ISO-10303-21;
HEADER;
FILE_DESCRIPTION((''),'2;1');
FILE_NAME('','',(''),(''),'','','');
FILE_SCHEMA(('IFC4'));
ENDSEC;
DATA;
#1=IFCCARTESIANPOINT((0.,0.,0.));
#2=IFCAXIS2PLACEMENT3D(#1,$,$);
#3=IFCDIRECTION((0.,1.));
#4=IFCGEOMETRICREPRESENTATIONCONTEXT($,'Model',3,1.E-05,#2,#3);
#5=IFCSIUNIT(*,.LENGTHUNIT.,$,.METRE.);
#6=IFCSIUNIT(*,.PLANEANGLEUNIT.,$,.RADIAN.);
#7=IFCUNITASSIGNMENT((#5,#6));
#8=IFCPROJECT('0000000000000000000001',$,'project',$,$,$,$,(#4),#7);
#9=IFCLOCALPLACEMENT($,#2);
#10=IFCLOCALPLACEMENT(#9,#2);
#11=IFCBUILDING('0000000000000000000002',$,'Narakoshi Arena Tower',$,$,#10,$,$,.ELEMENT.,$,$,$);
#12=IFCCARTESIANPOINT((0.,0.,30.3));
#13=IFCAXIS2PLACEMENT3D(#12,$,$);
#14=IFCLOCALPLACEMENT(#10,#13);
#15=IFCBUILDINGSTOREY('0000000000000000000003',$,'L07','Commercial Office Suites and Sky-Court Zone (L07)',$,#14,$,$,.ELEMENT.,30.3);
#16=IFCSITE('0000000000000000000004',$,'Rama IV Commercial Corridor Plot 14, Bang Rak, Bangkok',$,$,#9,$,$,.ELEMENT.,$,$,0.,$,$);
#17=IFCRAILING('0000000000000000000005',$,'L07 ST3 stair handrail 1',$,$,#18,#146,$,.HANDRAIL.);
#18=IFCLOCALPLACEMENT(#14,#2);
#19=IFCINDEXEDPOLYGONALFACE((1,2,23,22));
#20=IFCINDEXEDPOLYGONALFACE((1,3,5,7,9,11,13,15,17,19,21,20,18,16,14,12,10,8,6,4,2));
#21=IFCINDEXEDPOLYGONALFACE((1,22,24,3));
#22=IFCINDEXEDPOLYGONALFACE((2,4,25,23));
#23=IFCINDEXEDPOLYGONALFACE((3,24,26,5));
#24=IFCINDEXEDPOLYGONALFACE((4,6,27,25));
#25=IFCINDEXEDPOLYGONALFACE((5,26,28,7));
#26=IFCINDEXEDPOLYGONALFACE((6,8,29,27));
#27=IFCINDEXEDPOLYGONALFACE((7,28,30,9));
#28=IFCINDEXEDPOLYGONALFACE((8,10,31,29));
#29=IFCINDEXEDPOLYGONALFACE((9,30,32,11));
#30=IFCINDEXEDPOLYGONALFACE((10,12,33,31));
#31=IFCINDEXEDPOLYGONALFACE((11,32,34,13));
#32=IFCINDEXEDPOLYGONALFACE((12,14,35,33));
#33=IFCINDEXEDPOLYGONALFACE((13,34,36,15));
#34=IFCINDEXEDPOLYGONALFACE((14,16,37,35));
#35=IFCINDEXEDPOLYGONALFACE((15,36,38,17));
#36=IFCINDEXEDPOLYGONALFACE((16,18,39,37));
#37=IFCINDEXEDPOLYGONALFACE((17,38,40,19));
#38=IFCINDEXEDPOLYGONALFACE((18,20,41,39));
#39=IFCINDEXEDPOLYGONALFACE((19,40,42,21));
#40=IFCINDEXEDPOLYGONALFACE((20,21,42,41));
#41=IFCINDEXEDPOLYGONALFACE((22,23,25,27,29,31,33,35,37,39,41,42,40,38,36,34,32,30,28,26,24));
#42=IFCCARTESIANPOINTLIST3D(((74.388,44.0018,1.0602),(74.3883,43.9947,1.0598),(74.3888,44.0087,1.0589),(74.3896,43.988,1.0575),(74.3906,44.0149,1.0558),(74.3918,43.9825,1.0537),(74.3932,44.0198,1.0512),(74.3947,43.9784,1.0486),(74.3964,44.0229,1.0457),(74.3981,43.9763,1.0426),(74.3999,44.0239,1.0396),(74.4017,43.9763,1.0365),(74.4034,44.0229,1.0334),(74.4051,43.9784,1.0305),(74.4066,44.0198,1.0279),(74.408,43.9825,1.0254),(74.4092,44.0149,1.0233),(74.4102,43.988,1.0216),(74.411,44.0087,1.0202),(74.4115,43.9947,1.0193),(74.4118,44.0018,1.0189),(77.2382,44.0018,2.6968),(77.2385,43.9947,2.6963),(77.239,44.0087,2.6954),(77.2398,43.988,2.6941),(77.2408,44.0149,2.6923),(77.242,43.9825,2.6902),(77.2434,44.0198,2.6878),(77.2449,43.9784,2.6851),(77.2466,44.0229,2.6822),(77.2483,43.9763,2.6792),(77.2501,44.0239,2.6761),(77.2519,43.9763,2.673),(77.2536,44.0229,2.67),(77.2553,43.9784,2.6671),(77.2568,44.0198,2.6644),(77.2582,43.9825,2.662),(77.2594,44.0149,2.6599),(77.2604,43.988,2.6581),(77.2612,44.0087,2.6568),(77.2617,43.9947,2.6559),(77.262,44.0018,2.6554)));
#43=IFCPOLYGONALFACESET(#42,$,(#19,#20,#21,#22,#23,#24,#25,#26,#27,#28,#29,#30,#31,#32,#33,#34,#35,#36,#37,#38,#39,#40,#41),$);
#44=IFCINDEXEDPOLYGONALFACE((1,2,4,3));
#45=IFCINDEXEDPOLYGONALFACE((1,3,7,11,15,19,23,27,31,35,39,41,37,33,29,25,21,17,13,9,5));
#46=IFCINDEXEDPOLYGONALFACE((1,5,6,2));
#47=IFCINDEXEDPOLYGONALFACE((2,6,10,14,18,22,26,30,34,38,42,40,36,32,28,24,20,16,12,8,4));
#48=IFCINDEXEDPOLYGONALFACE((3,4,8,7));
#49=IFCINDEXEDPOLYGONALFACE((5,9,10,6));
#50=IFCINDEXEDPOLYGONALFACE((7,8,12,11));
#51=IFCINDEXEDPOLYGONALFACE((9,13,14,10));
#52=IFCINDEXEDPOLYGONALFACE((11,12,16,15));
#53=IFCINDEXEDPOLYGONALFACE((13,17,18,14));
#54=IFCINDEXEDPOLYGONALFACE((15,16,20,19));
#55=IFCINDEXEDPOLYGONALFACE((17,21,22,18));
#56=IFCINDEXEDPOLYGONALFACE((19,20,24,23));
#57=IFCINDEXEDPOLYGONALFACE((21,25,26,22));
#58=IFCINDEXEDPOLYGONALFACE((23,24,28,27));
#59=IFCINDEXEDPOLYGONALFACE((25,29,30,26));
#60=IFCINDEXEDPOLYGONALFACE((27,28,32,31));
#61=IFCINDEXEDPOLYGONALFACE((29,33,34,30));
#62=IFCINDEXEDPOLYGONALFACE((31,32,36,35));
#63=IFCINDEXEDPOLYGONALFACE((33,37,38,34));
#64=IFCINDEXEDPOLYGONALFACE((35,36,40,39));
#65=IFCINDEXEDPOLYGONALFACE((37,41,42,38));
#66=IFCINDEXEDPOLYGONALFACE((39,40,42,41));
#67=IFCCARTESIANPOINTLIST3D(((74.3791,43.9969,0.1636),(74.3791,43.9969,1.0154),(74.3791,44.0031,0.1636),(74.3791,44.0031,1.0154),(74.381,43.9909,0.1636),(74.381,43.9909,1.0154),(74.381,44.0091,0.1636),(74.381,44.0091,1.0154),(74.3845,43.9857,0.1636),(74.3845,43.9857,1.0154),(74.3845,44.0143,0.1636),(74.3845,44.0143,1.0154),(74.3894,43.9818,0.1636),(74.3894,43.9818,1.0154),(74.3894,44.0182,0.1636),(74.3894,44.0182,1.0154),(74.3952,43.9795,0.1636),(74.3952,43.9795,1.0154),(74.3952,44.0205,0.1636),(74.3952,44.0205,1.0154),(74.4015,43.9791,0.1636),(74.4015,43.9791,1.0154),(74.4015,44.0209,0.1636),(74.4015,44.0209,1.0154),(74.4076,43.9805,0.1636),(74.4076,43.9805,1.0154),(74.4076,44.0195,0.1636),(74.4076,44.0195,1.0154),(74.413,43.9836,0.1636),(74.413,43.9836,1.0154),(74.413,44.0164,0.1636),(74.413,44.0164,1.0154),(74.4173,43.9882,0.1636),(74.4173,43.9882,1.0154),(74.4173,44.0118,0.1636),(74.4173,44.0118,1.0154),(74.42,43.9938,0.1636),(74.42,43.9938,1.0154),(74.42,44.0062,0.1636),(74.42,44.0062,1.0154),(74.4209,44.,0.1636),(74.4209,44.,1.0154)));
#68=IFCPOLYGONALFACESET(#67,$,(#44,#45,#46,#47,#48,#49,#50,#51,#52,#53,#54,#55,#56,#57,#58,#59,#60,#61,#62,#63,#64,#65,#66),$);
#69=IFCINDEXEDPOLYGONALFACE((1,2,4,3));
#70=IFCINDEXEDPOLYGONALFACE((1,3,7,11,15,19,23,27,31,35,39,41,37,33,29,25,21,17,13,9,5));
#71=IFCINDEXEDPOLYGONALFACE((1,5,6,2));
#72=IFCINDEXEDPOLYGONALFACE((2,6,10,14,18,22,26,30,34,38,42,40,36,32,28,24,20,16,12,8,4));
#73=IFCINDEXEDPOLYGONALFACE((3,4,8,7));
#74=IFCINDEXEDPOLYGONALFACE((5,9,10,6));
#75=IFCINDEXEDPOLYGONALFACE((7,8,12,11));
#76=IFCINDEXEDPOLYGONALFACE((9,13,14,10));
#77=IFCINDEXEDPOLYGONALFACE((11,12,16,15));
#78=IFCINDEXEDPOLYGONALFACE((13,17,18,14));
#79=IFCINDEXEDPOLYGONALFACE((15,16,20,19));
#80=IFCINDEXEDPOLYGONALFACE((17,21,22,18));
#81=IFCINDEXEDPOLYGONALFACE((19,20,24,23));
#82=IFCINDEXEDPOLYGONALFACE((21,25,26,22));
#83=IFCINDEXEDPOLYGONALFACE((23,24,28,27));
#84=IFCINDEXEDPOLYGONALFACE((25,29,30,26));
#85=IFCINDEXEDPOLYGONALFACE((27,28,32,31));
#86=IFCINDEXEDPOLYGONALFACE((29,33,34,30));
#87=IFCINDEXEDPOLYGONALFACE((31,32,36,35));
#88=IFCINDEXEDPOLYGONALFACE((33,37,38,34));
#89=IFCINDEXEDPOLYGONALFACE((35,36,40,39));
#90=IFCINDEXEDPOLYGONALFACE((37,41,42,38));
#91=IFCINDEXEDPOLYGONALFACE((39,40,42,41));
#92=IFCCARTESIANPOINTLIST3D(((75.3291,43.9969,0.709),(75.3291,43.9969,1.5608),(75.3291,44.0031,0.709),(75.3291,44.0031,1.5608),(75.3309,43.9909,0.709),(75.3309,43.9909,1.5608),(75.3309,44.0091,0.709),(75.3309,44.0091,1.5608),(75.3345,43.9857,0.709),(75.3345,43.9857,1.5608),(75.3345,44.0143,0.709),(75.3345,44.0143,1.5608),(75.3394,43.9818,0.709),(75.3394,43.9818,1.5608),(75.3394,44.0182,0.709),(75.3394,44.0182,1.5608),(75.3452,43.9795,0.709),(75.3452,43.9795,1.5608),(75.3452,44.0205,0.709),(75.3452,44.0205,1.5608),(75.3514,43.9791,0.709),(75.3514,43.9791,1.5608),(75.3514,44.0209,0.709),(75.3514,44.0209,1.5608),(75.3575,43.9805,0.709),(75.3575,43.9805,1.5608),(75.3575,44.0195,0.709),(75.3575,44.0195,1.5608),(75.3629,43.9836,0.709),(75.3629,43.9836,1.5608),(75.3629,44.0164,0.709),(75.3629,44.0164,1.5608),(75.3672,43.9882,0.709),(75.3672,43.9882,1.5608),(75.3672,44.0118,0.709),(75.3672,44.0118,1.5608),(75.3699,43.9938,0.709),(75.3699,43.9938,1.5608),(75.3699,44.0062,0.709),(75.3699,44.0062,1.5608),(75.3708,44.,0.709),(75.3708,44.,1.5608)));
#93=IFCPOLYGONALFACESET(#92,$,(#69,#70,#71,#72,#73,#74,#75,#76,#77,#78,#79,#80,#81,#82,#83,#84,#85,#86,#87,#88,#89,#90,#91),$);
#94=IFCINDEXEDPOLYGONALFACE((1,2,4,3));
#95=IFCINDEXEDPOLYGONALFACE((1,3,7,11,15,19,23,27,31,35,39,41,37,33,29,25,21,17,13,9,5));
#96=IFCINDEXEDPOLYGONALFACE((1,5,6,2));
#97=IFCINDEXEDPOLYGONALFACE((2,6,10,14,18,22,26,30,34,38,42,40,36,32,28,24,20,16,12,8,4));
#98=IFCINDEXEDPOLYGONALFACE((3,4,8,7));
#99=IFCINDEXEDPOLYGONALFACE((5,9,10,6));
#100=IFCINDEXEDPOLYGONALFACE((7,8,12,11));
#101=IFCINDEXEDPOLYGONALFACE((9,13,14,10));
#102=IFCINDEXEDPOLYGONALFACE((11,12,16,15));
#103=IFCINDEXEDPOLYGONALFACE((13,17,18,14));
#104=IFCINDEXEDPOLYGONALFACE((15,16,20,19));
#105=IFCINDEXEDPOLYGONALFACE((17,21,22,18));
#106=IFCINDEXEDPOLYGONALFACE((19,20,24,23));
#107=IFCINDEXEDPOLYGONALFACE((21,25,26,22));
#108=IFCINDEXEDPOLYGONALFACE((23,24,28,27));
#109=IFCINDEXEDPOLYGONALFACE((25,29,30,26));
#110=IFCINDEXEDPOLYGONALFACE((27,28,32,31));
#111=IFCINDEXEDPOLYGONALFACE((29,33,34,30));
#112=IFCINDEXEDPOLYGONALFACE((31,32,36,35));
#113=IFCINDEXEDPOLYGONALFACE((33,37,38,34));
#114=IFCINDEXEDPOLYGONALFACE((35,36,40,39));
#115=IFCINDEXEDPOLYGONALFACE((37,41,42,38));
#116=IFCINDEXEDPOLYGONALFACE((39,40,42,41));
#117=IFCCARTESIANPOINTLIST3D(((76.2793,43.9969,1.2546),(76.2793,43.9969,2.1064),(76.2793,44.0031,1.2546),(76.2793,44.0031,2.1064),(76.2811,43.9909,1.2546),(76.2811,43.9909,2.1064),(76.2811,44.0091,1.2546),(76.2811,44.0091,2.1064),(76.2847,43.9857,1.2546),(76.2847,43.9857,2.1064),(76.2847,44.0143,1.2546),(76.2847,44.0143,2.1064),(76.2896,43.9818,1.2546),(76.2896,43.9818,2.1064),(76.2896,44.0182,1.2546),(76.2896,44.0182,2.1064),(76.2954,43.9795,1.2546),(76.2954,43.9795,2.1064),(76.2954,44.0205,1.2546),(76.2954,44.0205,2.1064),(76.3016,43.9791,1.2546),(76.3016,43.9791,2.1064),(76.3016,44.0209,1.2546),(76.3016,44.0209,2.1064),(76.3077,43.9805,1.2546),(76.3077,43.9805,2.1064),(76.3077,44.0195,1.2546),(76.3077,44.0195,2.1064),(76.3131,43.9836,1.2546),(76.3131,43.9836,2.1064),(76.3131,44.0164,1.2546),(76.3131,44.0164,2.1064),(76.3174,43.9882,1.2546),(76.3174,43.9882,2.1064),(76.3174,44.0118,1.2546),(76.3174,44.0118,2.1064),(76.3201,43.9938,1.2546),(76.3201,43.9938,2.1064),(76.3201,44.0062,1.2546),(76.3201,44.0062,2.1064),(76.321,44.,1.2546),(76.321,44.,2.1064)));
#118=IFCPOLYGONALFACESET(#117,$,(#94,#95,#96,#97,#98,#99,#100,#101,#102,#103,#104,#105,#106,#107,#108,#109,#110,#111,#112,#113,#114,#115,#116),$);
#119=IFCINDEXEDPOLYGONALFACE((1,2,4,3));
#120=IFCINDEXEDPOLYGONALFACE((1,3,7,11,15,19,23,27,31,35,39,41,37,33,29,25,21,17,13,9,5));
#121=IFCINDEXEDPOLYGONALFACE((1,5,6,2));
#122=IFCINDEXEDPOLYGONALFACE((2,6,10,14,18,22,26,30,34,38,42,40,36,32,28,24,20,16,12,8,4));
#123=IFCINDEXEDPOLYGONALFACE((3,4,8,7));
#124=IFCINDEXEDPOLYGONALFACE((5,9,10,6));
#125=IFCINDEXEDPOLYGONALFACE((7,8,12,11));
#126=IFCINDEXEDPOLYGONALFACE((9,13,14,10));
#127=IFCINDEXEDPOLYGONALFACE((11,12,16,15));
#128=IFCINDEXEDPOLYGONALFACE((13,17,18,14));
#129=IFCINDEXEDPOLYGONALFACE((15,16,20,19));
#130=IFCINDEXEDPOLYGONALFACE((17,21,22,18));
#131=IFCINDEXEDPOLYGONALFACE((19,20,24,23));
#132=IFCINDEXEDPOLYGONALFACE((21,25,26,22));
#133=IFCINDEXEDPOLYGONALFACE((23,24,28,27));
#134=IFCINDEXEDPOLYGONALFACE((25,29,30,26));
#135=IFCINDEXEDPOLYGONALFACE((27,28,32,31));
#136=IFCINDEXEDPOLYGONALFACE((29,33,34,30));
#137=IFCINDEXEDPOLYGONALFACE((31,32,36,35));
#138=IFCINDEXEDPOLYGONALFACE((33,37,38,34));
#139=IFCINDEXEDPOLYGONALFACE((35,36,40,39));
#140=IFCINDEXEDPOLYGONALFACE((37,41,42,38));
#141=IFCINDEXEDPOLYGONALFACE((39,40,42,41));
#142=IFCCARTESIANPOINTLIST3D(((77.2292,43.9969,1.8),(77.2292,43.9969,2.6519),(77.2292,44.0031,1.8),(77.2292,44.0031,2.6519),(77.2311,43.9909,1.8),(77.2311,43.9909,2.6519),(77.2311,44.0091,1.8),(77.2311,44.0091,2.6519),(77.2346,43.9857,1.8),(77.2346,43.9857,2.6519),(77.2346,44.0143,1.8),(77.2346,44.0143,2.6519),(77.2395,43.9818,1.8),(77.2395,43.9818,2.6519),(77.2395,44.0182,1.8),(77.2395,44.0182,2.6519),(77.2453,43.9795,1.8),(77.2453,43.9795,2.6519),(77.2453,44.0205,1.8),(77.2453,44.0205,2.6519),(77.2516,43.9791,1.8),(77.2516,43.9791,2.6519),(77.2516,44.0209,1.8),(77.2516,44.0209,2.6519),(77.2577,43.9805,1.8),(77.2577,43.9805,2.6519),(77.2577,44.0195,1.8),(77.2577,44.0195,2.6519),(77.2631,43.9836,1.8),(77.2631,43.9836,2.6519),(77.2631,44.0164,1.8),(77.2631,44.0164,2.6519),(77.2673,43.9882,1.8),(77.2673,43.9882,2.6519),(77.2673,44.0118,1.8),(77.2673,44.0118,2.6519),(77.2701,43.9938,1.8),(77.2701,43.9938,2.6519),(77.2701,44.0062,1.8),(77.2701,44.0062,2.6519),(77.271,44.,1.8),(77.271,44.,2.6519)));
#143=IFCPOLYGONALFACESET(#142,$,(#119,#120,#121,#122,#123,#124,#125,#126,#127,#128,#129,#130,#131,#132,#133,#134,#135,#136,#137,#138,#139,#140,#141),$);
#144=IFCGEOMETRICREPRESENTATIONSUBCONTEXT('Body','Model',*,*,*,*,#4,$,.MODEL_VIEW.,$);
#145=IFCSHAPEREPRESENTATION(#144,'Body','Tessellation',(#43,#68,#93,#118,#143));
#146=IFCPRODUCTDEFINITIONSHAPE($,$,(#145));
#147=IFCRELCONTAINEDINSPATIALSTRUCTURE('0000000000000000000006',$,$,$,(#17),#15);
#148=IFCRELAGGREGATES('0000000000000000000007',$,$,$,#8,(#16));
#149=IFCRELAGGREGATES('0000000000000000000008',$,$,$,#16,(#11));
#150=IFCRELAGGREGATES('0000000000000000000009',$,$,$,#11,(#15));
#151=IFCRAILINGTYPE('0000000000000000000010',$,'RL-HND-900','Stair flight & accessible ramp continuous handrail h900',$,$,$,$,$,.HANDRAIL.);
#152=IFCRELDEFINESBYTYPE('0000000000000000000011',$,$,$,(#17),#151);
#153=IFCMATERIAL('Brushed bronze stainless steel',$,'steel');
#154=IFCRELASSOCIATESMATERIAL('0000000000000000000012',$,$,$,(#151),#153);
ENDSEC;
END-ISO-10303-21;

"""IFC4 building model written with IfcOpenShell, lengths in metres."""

from ifc_helpers import new_model, si_unit, direction, frame, origin, origin_2d, place, context, subcontext, project, spatial, circle, extrude, material, type_object, element, save


model = new_model("IFC4")

# Units and contexts
model_context = context("Model", 3, precision=1e-05, world=origin(), true_north=direction((0.0, 1.0)))
body_context = subcontext(model_context, "Body", "Model", "MODEL_VIEW")
ifc_project = project(units=[si_unit("LENGTHUNIT", "METRE"), si_unit("PLANEANGLEUNIT", "RADIAN")], contexts=[model_context])

# Site, building, storey
site_placement = place(None, origin())
site = spatial("IfcSite", under=ifc_project, at=site_placement, Name="Rama IV Commercial Corridor Plot 14, Bang Rak, Bangkok", CompositionType="ELEMENT", RefElevation=0.0)
building_placement = place(site_placement, origin())
building = spatial("IfcBuilding", under=site, at=building_placement, Name="Narakoshi Arena Tower", CompositionType="ELEMENT")
storey_placement = place(building_placement, frame((0.0, 0.0, 30.3)))
storey = spatial("IfcBuildingStorey", under=building, at=storey_placement, Name="L07", Description="Commercial Office Suites and Sky-Court Zone (L07)", CompositionType="ELEMENT", Elevation=30.3)

# Railing
ifc_material_1 = material(Name="Brushed bronze stainless steel", Category="steel")
railing_type_1 = type_object("IfcRailingType", Name="RL-HND-900", Description="Stair flight & accessible ramp continuous handrail h900", PredefinedType="HANDRAIL", material=ifc_material_1)
for number, where, name in (
    (1, (74.3999, 44.0, 0.1636), "L07 ST3 stair handrail 1"),
):
    element("IfcRailing", number, at=place(storey_placement, frame(where)), inside=storey, type_object=railing_type_1, Name=name, PredefinedType="HANDRAIL", context=body_context, shape_type="SweptSolid", body=[
        extrude(circle(Radius=0.0239, at=origin_2d()), frame((0.0, 0.0, 0.876), z_axis=(0.867213, 0.0, 0.497938), x_axis=(0.0, 1.0, 0.0)), (0.0, 0.0, 1.0), 3.2866),
        extrude(circle(Radius=0.021, at=origin_2d()), origin(), (0.0, 0.0, 1.0), 0.8518),
        extrude(circle(Radius=0.021, at=origin_2d()), frame((0.95, 0.0, 0.5454)), (0.0, 0.0, 1.0), 0.8518),
        extrude(circle(Radius=0.021, at=origin_2d()), frame((1.9001, 0.0, 1.0911)), (0.0, 0.0, 1.0), 0.8518),
        extrude(circle(Radius=0.021, at=origin_2d()), frame((2.8501, 0.0, 1.6365)), (0.0, 0.0, 1.0), 0.8518),
    ])

save(model, "model.ifc")
